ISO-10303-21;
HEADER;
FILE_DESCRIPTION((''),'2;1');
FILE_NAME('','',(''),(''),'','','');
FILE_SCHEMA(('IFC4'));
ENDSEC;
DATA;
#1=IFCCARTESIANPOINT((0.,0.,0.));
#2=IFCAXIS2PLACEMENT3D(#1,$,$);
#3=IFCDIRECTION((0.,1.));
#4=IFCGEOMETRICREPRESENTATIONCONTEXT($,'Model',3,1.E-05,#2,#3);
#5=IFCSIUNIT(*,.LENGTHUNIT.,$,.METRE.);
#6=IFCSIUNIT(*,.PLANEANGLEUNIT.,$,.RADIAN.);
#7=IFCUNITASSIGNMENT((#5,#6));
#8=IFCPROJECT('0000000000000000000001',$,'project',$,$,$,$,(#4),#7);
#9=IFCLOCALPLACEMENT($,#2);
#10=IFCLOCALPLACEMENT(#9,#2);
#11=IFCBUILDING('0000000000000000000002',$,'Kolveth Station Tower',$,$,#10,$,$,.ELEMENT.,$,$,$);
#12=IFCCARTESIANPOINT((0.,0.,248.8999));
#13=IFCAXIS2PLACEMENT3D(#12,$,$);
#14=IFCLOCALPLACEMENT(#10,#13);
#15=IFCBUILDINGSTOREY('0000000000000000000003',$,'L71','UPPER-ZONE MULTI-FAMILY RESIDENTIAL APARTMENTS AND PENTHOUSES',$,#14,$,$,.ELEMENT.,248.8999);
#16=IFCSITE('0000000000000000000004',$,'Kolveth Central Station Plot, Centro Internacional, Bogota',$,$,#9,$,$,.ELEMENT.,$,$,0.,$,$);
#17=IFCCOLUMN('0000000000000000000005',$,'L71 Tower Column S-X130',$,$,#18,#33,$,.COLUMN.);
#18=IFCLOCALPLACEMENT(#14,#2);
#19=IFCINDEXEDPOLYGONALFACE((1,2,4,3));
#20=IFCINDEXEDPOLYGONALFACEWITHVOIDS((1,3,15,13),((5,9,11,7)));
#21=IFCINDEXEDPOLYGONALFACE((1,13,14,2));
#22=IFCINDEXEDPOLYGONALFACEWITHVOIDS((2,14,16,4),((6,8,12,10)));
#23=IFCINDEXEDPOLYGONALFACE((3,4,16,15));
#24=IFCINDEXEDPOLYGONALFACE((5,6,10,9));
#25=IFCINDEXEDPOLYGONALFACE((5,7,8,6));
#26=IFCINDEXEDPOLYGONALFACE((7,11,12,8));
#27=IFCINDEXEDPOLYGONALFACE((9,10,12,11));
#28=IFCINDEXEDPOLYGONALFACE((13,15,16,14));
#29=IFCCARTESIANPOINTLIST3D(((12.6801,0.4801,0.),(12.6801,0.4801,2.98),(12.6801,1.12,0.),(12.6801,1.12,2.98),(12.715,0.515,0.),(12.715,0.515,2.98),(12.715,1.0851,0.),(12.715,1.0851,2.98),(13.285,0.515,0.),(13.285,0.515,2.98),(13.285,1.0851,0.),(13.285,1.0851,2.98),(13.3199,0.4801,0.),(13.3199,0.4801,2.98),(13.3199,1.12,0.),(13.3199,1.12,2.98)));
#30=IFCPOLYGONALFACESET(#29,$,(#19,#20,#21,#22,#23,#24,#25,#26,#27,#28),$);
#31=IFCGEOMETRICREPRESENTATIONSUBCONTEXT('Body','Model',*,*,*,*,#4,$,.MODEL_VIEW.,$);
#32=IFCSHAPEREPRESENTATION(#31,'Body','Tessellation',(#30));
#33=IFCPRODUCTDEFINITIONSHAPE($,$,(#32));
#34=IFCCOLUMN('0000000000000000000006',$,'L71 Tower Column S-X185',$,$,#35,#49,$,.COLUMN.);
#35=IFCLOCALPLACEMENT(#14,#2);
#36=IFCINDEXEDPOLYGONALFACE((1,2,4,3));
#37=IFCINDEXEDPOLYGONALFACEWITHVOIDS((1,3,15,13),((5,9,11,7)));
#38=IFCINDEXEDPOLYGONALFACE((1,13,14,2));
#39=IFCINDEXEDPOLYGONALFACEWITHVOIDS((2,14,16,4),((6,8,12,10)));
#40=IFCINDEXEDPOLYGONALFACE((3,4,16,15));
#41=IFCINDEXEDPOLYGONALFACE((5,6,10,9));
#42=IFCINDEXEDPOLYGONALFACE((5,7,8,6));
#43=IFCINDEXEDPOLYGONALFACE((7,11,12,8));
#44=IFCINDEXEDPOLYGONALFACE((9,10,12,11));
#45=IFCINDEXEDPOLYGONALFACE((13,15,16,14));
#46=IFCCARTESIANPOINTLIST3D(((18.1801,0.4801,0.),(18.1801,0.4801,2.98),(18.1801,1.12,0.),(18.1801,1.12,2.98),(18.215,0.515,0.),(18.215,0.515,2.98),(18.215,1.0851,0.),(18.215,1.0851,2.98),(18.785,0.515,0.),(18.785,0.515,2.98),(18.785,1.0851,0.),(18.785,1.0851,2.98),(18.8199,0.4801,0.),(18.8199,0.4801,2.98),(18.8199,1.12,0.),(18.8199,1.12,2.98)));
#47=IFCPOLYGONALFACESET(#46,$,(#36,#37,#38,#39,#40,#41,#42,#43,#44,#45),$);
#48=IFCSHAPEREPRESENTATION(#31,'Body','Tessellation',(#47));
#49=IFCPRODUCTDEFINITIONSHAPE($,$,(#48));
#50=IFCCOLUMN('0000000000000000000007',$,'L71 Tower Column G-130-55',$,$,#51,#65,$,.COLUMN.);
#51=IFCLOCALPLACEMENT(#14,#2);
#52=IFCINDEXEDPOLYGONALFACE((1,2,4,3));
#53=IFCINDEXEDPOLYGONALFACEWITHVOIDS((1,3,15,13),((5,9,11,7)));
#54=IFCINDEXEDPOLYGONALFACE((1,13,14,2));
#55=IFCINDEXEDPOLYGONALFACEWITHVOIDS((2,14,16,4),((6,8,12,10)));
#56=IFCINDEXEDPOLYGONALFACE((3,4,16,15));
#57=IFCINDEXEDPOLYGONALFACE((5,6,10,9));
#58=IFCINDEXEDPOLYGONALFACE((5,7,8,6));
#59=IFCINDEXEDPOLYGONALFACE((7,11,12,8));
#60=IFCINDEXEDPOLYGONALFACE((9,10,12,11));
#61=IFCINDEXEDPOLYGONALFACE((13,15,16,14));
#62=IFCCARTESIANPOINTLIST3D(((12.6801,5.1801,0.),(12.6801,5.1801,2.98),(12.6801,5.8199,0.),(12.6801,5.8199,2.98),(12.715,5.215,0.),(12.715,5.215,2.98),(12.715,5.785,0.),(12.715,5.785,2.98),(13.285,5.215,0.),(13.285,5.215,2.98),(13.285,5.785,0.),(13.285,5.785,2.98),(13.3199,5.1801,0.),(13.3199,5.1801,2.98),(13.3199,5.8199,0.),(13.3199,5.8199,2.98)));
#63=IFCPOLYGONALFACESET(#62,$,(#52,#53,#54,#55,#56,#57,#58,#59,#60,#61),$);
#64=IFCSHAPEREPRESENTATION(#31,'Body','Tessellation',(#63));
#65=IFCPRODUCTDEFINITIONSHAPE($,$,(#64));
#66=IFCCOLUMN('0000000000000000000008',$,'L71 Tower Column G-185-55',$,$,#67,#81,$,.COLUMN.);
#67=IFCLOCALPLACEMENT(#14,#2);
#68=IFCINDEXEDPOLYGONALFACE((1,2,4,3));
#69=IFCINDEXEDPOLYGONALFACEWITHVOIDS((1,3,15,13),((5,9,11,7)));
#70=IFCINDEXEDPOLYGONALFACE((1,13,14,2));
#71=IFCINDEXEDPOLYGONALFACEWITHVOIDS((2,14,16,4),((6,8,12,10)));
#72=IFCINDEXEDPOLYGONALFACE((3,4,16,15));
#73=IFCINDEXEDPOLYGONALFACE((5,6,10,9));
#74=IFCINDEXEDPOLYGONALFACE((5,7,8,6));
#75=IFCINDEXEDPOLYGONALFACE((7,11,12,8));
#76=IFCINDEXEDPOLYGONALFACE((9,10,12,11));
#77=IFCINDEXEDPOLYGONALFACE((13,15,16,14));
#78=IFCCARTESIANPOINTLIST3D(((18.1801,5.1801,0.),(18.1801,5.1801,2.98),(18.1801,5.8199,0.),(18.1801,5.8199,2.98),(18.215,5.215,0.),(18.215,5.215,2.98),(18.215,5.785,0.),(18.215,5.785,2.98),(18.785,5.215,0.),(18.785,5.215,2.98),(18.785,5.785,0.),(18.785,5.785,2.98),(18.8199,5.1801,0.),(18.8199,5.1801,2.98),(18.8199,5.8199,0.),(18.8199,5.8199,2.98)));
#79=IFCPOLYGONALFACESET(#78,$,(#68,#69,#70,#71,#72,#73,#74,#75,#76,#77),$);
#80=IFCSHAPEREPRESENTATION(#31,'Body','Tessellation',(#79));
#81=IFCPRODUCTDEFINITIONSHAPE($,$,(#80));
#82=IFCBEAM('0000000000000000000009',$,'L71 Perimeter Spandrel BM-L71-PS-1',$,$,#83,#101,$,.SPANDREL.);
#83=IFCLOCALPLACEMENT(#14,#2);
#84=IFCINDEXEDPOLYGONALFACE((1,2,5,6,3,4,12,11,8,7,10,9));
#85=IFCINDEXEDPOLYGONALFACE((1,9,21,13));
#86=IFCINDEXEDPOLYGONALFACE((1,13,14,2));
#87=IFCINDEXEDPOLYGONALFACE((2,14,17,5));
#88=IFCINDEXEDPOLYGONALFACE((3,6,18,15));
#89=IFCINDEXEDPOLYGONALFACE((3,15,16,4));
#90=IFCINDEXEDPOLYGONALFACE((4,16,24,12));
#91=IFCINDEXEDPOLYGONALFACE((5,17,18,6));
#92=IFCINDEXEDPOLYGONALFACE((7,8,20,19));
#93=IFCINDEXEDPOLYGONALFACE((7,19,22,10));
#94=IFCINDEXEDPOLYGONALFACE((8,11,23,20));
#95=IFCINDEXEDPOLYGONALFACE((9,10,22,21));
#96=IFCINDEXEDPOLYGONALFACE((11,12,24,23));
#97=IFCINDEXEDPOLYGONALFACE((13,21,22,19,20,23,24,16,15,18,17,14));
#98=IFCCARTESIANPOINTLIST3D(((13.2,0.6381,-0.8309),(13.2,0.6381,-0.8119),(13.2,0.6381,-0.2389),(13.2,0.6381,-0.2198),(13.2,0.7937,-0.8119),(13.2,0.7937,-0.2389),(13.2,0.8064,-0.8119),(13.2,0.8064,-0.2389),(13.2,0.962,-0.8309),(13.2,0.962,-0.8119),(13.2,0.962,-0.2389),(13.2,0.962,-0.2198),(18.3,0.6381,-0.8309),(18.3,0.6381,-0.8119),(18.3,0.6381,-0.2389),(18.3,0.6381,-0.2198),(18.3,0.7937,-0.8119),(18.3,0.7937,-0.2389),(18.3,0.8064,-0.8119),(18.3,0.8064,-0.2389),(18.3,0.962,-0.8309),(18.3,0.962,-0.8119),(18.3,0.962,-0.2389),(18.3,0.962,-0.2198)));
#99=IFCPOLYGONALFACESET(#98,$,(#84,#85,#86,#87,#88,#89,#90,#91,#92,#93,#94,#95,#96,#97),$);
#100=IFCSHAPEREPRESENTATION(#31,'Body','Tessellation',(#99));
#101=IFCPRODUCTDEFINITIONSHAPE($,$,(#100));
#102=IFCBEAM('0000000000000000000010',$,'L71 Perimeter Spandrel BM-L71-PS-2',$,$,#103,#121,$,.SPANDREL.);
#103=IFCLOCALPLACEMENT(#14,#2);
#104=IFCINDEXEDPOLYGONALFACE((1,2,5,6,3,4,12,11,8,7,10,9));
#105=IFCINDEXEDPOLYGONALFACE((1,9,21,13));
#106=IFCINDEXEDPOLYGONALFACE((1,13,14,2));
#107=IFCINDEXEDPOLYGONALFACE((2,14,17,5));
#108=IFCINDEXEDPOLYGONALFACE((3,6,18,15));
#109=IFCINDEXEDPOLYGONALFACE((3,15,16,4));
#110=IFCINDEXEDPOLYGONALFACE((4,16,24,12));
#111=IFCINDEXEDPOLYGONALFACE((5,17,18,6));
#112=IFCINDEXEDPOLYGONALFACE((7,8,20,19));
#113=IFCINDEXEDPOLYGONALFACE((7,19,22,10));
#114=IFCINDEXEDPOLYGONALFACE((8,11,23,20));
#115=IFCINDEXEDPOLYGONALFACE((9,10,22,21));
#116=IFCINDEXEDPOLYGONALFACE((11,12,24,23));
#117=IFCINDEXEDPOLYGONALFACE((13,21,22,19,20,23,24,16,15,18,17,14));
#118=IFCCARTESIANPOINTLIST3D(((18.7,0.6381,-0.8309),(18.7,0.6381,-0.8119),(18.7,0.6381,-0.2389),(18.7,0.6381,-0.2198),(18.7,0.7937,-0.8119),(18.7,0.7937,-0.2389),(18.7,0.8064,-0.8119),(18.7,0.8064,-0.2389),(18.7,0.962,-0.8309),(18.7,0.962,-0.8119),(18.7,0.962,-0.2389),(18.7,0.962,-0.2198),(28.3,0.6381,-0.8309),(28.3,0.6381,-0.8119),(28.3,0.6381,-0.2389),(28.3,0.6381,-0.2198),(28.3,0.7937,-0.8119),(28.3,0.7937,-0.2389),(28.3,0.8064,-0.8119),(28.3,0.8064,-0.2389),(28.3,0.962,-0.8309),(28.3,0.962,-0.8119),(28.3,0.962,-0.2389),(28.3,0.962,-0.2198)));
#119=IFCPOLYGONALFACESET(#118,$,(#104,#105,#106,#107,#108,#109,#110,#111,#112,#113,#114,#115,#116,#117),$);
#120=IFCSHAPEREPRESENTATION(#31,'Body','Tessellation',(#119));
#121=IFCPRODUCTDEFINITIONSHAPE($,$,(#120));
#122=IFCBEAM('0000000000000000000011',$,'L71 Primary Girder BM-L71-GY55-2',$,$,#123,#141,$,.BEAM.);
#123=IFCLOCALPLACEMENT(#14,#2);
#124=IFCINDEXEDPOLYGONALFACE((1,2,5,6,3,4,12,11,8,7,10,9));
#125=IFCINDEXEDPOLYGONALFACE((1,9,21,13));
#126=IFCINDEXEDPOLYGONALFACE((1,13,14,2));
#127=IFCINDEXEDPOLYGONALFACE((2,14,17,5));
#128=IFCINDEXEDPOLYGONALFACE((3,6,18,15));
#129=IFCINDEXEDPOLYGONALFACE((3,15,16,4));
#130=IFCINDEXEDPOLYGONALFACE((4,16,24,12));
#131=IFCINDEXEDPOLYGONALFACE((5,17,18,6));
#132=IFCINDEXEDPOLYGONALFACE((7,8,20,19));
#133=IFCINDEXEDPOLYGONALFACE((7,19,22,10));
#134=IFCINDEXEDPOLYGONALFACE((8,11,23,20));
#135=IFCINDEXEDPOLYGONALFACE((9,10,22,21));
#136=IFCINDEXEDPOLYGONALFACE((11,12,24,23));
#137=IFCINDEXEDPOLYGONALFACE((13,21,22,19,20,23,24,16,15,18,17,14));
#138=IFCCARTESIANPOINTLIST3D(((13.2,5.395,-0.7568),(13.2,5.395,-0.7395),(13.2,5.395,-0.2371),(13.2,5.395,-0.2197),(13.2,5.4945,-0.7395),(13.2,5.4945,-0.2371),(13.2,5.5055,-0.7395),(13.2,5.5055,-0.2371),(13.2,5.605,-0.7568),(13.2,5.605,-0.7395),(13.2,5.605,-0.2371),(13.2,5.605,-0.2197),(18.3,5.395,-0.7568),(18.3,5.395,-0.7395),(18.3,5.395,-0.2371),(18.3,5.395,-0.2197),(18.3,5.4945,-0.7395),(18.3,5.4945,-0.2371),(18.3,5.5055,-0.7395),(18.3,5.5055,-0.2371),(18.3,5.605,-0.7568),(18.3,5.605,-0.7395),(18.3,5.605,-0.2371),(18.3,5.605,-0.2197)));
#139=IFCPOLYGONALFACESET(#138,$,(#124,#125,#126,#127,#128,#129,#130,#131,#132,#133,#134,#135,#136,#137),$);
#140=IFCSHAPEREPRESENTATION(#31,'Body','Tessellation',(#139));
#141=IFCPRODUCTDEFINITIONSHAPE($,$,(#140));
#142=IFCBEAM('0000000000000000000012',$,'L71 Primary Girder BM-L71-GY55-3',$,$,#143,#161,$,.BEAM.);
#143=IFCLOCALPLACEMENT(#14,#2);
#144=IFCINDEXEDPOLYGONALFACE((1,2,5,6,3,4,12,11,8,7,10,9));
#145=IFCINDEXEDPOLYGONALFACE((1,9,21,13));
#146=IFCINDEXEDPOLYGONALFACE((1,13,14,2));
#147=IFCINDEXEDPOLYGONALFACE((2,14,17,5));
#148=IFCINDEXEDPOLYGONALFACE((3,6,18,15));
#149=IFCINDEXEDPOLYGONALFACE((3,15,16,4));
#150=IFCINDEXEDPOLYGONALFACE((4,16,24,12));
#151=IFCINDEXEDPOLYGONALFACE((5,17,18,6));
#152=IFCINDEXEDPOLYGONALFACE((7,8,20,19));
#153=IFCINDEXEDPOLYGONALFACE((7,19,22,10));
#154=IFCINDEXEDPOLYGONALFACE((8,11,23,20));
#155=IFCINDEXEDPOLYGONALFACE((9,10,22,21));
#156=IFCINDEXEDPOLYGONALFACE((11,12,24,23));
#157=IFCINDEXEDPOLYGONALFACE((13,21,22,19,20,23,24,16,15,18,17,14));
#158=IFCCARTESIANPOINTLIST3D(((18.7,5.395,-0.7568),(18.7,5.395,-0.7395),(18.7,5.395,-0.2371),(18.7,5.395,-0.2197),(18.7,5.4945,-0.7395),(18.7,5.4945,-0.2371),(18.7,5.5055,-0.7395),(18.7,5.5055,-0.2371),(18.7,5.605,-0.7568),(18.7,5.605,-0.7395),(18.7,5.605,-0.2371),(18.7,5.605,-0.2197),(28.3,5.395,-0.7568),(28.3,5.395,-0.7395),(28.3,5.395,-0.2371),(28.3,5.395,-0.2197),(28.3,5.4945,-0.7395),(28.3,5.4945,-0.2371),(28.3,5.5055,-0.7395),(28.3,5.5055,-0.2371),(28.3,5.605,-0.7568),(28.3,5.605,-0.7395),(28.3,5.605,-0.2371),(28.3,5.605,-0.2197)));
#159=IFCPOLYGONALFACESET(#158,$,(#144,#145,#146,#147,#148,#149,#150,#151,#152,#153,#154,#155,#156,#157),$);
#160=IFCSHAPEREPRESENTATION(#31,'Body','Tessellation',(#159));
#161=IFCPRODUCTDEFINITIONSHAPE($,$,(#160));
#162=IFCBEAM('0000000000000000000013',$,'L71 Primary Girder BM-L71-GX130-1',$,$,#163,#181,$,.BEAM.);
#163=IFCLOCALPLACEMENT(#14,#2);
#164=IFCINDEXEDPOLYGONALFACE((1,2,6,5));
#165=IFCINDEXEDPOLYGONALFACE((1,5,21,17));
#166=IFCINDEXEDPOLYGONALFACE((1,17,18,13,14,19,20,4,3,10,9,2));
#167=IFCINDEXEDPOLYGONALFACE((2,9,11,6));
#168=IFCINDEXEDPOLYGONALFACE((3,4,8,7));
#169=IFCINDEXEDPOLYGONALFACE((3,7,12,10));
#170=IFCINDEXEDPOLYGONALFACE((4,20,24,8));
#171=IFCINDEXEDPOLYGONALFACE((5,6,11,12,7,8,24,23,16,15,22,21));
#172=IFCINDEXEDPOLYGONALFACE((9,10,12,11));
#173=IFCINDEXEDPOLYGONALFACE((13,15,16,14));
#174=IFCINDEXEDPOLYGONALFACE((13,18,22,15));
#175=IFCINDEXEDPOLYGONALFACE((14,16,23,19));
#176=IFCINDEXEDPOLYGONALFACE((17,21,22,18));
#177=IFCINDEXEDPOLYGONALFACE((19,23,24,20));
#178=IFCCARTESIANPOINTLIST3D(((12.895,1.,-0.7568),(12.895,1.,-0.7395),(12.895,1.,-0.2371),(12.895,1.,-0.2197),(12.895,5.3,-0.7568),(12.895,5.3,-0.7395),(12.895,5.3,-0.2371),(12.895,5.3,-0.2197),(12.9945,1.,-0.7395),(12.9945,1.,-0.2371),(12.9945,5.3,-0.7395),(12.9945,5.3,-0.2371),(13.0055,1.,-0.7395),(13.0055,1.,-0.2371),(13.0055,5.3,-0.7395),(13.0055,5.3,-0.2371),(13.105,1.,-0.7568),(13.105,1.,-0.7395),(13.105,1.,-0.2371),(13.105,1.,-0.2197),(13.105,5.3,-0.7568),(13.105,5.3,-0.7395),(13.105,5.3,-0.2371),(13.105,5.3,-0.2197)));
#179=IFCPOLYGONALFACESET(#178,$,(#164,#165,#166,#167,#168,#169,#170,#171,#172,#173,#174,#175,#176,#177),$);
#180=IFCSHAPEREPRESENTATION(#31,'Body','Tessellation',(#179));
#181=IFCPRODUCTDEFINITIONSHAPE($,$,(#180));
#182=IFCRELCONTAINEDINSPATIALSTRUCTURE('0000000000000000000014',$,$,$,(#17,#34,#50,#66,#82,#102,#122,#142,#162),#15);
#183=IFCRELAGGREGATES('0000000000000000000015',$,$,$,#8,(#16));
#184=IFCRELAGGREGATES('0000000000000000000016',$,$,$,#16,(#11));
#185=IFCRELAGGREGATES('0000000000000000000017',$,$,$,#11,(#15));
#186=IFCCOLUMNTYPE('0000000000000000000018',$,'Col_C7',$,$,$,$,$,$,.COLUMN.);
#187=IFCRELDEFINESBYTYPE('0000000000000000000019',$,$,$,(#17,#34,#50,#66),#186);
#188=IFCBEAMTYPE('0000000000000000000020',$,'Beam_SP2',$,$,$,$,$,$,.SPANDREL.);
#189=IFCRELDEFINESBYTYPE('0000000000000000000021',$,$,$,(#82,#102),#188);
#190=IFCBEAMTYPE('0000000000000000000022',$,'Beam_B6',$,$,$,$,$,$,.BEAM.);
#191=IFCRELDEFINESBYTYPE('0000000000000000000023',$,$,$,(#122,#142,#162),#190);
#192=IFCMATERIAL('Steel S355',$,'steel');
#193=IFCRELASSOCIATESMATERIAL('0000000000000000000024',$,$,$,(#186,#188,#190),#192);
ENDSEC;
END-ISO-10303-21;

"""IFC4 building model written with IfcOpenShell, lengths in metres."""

from ifc_helpers import new_model, si_unit, direction, frame, origin, origin_2d, place, context, subcontext, project, spatial, hollow_rectangle, i_section, extrude, source, transform, mapped, material, material_profile, profile_set, type_object, element, save


model = new_model("IFC4")

# Units and contexts
model_context = context("Model", 3, precision=1e-05, world=origin(), true_north=direction((0.0, 1.0)))
body_context = subcontext(model_context, "Body", "Model", "MODEL_VIEW")
ifc_project = project(units=[si_unit("LENGTHUNIT", "METRE"), si_unit("PLANEANGLEUNIT", "RADIAN")], contexts=[model_context])

# Site, building, storey
site_placement = place(None, origin())
site = spatial("IfcSite", under=ifc_project, at=site_placement, Name="Kolveth Central Station Plot, Centro Internacional, Bogota", CompositionType="ELEMENT", RefElevation=0.0)
building_placement = place(site_placement, origin())
building = spatial("IfcBuilding", under=site, at=building_placement, Name="Kolveth Station Tower", CompositionType="ELEMENT")
storey_placement = place(building_placement, frame((0.0, 0.0, 248.8999)))
storey = spatial("IfcBuildingStorey", under=building, at=storey_placement, Name="L71", Description="UPPER-ZONE MULTI-FAMILY RESIDENTIAL APARTMENTS AND PENTHOUSES", CompositionType="ELEMENT", Elevation=248.8999)

# Columns
ifc_material_1 = material(Name="Steel S355", Category="steel")
ifc_material_profile_1 = material_profile(ifc_material_1, hollow_rectangle(XDim=0.6399, YDim=0.6399, WallThickness=0.0349, at=origin_2d()), Name="BOX640x640x35")
ifc_profile_set_1 = profile_set([ifc_material_profile_1], Name="Steel S355")
column_type = type_object("IfcColumnType", Name="Col_C7", PredefinedType="COLUMN", material=ifc_profile_set_1)
shared_shape_1 = source(origin(), body_context, "Body", "SweptSolid", [
    extrude(hollow_rectangle(XDim=0.6399, YDim=0.6399, WallThickness=0.0349, at=origin_2d()), origin(), (0.0, 0.0, 1.0), 2.98),
])
for number, where, z_axis, x_axis, name in (
    (1, (13.0, 0.8, 0.0), (0.0, 0.0, 1.0), (1.0, 0.0, 0.0), "L71 Tower Column S-X130"),
    (2, (18.5, 0.8, 0.0), (0.0, 0.0, 1.0), (1.0, 0.0, 0.0), "L71 Tower Column S-X185"),
    (3, (13.0, 5.5, 0.0), (0.0, 0.0, 1.0), (1.0, 0.0, 0.0), "L71 Tower Column G-130-55"),
    (4, (18.5, 5.5, 0.0), (0.0, 0.0, 1.0), (1.0, 0.0, 0.0), "L71 Tower Column G-185-55"),
):
    element("IfcColumn", number, at=place(storey_placement, frame(where, z_axis=z_axis, x_axis=x_axis)), inside=storey, type_object=column_type, Name=name, PredefinedType="COLUMN", context=body_context, shape_type="MappedRepresentation", body=[
        mapped(shared_shape_1, transform((0.0, 0.0, 0.0), x_axis=(1.0, 0.0, 0.0), y_axis=(0.0, 1.0, 0.0), z_axis=(0.0, 0.0, 1.0), scale=1.0)),
    ])

# Beams
ifc_material_profile_2 = material_profile(ifc_material_1, i_section(OverallWidth=0.324, OverallDepth=0.6111, WebThickness=0.0127, FlangeThickness=0.019, at=origin_2d()), Name="W610x155")
ifc_profile_set_2 = profile_set([ifc_material_profile_2], Name="Steel S355")
beam_type_1 = type_object("IfcBeamType", Name="Beam_SP2", PredefinedType="SPANDREL", material=ifc_profile_set_2)
shared_shape_2 = source(origin(), body_context, "Body", "SweptSolid", [
    extrude(i_section(OverallWidth=0.324, OverallDepth=0.6111, WebThickness=0.0127, FlangeThickness=0.019, at=origin_2d()), origin(), (0.0, 0.0, 1.0), 5.1001),
])
beam_1_placement = place(storey_placement, frame((13.2, 0.8, -0.5254), z_axis=(1.0, 0.0, 0.0), x_axis=(0.0, 1.0, 0.0)))
element("IfcBeam", 5, at=beam_1_placement, inside=storey, type_object=beam_type_1, Name="L71 Perimeter Spandrel BM-L71-PS-1", PredefinedType="SPANDREL", context=body_context, shape_type="MappedRepresentation", body=[
    mapped(shared_shape_2, transform((0.0, 0.0, 0.0), x_axis=(1.0, 0.0, 0.0), y_axis=(0.0, 1.0, 0.0), z_axis=(0.0, 0.0, 1.0), scale=1.0)),
])
shared_shape_3 = source(origin(), body_context, "Body", "SweptSolid", [
    extrude(i_section(OverallWidth=0.324, OverallDepth=0.6111, WebThickness=0.0127, FlangeThickness=0.019, at=origin_2d()), origin(), (0.0, 0.0, 1.0), 9.6001),
])
beam_2_placement = place(storey_placement, frame((18.7, 0.8, -0.5254), z_axis=(1.0, 0.0, 0.0), x_axis=(0.0, 1.0, 0.0)))
element("IfcBeam", 6, at=beam_2_placement, inside=storey, type_object=beam_type_1, Name="L71 Perimeter Spandrel BM-L71-PS-2", PredefinedType="SPANDREL", context=body_context, shape_type="MappedRepresentation", body=[
    mapped(shared_shape_3, transform((0.0, 0.0, 0.0), x_axis=(1.0, 0.0, 0.0), y_axis=(0.0, 1.0, 0.0), z_axis=(0.0, 0.0, 1.0), scale=1.0)),
])
ifc_material_profile_3 = material_profile(ifc_material_1, i_section(OverallWidth=0.21, OverallDepth=0.5371, WebThickness=0.011, FlangeThickness=0.0173, at=origin_2d()), Name="W530x101")
ifc_profile_set_3 = profile_set([ifc_material_profile_3], Name="Steel S355")
beam_type_2 = type_object("IfcBeamType", Name="Beam_B6", PredefinedType="BEAM", material=ifc_profile_set_3)
shared_shape_4 = source(origin(), body_context, "Body", "SweptSolid", [
    extrude(i_section(OverallWidth=0.21, OverallDepth=0.5371, WebThickness=0.011, FlangeThickness=0.0173, at=origin_2d()), origin(), (0.0, 0.0, 1.0), 5.1001),
])
beam_3_placement = place(storey_placement, frame((13.2, 5.5, -0.4883), z_axis=(1.0, 0.0, 0.0), x_axis=(0.0, 1.0, 0.0)))
element("IfcBeam", 7, at=beam_3_placement, inside=storey, type_object=beam_type_2, Name="L71 Primary Girder BM-L71-GY55-2", PredefinedType="BEAM", context=body_context, shape_type="MappedRepresentation", body=[
    mapped(shared_shape_4, transform((0.0, 0.0, 0.0), x_axis=(1.0, 0.0, 0.0), y_axis=(0.0, 1.0, 0.0), z_axis=(0.0, 0.0, 1.0), scale=1.0)),
])
shared_shape_5 = source(origin(), body_context, "Body", "SweptSolid", [
    extrude(i_section(OverallWidth=0.21, OverallDepth=0.5371, WebThickness=0.011, FlangeThickness=0.0173, at=origin_2d()), origin(), (0.0, 0.0, 1.0), 9.6001),
])
beam_4_placement = place(storey_placement, frame((18.7, 5.5, -0.4883), z_axis=(1.0, 0.0, 0.0), x_axis=(0.0, 1.0, 0.0)))
element("IfcBeam", 8, at=beam_4_placement, inside=storey, type_object=beam_type_2, Name="L71 Primary Girder BM-L71-GY55-3", PredefinedType="BEAM", context=body_context, shape_type="MappedRepresentation", body=[
    mapped(shared_shape_5, transform((0.0, 0.0, 0.0), x_axis=(1.0, 0.0, 0.0), y_axis=(0.0, 1.0, 0.0), z_axis=(0.0, 0.0, 1.0), scale=1.0)),
])
shared_shape_6 = source(origin(), body_context, "Body", "SweptSolid", [
    extrude(i_section(OverallWidth=0.21, OverallDepth=0.5371, WebThickness=0.011, FlangeThickness=0.0173, at=origin_2d()), origin(), (0.0, 0.0, 1.0), 4.3),
])
for number, where, z_axis, x_axis, name in (
    (9, (13.0, 1.0, -0.4883), (0.0, 1.0, 0.0), (-1.0, 0.0, 0.0), "L71 Primary Girder BM-L71-GX130-1"),
):
    element("IfcBeam", number, at=place(storey_placement, frame(where, z_axis=z_axis, x_axis=x_axis)), inside=storey, type_object=beam_type_2, Name=name, PredefinedType="BEAM", context=body_context, shape_type="MappedRepresentation", body=[
        mapped(shared_shape_6, transform((0.0, 0.0, 0.0), x_axis=(1.0, 0.0, 0.0), y_axis=(0.0, 1.0, 0.0), z_axis=(0.0, 0.0, 1.0), scale=1.0)),
    ])

save(model, "model.ifc")
